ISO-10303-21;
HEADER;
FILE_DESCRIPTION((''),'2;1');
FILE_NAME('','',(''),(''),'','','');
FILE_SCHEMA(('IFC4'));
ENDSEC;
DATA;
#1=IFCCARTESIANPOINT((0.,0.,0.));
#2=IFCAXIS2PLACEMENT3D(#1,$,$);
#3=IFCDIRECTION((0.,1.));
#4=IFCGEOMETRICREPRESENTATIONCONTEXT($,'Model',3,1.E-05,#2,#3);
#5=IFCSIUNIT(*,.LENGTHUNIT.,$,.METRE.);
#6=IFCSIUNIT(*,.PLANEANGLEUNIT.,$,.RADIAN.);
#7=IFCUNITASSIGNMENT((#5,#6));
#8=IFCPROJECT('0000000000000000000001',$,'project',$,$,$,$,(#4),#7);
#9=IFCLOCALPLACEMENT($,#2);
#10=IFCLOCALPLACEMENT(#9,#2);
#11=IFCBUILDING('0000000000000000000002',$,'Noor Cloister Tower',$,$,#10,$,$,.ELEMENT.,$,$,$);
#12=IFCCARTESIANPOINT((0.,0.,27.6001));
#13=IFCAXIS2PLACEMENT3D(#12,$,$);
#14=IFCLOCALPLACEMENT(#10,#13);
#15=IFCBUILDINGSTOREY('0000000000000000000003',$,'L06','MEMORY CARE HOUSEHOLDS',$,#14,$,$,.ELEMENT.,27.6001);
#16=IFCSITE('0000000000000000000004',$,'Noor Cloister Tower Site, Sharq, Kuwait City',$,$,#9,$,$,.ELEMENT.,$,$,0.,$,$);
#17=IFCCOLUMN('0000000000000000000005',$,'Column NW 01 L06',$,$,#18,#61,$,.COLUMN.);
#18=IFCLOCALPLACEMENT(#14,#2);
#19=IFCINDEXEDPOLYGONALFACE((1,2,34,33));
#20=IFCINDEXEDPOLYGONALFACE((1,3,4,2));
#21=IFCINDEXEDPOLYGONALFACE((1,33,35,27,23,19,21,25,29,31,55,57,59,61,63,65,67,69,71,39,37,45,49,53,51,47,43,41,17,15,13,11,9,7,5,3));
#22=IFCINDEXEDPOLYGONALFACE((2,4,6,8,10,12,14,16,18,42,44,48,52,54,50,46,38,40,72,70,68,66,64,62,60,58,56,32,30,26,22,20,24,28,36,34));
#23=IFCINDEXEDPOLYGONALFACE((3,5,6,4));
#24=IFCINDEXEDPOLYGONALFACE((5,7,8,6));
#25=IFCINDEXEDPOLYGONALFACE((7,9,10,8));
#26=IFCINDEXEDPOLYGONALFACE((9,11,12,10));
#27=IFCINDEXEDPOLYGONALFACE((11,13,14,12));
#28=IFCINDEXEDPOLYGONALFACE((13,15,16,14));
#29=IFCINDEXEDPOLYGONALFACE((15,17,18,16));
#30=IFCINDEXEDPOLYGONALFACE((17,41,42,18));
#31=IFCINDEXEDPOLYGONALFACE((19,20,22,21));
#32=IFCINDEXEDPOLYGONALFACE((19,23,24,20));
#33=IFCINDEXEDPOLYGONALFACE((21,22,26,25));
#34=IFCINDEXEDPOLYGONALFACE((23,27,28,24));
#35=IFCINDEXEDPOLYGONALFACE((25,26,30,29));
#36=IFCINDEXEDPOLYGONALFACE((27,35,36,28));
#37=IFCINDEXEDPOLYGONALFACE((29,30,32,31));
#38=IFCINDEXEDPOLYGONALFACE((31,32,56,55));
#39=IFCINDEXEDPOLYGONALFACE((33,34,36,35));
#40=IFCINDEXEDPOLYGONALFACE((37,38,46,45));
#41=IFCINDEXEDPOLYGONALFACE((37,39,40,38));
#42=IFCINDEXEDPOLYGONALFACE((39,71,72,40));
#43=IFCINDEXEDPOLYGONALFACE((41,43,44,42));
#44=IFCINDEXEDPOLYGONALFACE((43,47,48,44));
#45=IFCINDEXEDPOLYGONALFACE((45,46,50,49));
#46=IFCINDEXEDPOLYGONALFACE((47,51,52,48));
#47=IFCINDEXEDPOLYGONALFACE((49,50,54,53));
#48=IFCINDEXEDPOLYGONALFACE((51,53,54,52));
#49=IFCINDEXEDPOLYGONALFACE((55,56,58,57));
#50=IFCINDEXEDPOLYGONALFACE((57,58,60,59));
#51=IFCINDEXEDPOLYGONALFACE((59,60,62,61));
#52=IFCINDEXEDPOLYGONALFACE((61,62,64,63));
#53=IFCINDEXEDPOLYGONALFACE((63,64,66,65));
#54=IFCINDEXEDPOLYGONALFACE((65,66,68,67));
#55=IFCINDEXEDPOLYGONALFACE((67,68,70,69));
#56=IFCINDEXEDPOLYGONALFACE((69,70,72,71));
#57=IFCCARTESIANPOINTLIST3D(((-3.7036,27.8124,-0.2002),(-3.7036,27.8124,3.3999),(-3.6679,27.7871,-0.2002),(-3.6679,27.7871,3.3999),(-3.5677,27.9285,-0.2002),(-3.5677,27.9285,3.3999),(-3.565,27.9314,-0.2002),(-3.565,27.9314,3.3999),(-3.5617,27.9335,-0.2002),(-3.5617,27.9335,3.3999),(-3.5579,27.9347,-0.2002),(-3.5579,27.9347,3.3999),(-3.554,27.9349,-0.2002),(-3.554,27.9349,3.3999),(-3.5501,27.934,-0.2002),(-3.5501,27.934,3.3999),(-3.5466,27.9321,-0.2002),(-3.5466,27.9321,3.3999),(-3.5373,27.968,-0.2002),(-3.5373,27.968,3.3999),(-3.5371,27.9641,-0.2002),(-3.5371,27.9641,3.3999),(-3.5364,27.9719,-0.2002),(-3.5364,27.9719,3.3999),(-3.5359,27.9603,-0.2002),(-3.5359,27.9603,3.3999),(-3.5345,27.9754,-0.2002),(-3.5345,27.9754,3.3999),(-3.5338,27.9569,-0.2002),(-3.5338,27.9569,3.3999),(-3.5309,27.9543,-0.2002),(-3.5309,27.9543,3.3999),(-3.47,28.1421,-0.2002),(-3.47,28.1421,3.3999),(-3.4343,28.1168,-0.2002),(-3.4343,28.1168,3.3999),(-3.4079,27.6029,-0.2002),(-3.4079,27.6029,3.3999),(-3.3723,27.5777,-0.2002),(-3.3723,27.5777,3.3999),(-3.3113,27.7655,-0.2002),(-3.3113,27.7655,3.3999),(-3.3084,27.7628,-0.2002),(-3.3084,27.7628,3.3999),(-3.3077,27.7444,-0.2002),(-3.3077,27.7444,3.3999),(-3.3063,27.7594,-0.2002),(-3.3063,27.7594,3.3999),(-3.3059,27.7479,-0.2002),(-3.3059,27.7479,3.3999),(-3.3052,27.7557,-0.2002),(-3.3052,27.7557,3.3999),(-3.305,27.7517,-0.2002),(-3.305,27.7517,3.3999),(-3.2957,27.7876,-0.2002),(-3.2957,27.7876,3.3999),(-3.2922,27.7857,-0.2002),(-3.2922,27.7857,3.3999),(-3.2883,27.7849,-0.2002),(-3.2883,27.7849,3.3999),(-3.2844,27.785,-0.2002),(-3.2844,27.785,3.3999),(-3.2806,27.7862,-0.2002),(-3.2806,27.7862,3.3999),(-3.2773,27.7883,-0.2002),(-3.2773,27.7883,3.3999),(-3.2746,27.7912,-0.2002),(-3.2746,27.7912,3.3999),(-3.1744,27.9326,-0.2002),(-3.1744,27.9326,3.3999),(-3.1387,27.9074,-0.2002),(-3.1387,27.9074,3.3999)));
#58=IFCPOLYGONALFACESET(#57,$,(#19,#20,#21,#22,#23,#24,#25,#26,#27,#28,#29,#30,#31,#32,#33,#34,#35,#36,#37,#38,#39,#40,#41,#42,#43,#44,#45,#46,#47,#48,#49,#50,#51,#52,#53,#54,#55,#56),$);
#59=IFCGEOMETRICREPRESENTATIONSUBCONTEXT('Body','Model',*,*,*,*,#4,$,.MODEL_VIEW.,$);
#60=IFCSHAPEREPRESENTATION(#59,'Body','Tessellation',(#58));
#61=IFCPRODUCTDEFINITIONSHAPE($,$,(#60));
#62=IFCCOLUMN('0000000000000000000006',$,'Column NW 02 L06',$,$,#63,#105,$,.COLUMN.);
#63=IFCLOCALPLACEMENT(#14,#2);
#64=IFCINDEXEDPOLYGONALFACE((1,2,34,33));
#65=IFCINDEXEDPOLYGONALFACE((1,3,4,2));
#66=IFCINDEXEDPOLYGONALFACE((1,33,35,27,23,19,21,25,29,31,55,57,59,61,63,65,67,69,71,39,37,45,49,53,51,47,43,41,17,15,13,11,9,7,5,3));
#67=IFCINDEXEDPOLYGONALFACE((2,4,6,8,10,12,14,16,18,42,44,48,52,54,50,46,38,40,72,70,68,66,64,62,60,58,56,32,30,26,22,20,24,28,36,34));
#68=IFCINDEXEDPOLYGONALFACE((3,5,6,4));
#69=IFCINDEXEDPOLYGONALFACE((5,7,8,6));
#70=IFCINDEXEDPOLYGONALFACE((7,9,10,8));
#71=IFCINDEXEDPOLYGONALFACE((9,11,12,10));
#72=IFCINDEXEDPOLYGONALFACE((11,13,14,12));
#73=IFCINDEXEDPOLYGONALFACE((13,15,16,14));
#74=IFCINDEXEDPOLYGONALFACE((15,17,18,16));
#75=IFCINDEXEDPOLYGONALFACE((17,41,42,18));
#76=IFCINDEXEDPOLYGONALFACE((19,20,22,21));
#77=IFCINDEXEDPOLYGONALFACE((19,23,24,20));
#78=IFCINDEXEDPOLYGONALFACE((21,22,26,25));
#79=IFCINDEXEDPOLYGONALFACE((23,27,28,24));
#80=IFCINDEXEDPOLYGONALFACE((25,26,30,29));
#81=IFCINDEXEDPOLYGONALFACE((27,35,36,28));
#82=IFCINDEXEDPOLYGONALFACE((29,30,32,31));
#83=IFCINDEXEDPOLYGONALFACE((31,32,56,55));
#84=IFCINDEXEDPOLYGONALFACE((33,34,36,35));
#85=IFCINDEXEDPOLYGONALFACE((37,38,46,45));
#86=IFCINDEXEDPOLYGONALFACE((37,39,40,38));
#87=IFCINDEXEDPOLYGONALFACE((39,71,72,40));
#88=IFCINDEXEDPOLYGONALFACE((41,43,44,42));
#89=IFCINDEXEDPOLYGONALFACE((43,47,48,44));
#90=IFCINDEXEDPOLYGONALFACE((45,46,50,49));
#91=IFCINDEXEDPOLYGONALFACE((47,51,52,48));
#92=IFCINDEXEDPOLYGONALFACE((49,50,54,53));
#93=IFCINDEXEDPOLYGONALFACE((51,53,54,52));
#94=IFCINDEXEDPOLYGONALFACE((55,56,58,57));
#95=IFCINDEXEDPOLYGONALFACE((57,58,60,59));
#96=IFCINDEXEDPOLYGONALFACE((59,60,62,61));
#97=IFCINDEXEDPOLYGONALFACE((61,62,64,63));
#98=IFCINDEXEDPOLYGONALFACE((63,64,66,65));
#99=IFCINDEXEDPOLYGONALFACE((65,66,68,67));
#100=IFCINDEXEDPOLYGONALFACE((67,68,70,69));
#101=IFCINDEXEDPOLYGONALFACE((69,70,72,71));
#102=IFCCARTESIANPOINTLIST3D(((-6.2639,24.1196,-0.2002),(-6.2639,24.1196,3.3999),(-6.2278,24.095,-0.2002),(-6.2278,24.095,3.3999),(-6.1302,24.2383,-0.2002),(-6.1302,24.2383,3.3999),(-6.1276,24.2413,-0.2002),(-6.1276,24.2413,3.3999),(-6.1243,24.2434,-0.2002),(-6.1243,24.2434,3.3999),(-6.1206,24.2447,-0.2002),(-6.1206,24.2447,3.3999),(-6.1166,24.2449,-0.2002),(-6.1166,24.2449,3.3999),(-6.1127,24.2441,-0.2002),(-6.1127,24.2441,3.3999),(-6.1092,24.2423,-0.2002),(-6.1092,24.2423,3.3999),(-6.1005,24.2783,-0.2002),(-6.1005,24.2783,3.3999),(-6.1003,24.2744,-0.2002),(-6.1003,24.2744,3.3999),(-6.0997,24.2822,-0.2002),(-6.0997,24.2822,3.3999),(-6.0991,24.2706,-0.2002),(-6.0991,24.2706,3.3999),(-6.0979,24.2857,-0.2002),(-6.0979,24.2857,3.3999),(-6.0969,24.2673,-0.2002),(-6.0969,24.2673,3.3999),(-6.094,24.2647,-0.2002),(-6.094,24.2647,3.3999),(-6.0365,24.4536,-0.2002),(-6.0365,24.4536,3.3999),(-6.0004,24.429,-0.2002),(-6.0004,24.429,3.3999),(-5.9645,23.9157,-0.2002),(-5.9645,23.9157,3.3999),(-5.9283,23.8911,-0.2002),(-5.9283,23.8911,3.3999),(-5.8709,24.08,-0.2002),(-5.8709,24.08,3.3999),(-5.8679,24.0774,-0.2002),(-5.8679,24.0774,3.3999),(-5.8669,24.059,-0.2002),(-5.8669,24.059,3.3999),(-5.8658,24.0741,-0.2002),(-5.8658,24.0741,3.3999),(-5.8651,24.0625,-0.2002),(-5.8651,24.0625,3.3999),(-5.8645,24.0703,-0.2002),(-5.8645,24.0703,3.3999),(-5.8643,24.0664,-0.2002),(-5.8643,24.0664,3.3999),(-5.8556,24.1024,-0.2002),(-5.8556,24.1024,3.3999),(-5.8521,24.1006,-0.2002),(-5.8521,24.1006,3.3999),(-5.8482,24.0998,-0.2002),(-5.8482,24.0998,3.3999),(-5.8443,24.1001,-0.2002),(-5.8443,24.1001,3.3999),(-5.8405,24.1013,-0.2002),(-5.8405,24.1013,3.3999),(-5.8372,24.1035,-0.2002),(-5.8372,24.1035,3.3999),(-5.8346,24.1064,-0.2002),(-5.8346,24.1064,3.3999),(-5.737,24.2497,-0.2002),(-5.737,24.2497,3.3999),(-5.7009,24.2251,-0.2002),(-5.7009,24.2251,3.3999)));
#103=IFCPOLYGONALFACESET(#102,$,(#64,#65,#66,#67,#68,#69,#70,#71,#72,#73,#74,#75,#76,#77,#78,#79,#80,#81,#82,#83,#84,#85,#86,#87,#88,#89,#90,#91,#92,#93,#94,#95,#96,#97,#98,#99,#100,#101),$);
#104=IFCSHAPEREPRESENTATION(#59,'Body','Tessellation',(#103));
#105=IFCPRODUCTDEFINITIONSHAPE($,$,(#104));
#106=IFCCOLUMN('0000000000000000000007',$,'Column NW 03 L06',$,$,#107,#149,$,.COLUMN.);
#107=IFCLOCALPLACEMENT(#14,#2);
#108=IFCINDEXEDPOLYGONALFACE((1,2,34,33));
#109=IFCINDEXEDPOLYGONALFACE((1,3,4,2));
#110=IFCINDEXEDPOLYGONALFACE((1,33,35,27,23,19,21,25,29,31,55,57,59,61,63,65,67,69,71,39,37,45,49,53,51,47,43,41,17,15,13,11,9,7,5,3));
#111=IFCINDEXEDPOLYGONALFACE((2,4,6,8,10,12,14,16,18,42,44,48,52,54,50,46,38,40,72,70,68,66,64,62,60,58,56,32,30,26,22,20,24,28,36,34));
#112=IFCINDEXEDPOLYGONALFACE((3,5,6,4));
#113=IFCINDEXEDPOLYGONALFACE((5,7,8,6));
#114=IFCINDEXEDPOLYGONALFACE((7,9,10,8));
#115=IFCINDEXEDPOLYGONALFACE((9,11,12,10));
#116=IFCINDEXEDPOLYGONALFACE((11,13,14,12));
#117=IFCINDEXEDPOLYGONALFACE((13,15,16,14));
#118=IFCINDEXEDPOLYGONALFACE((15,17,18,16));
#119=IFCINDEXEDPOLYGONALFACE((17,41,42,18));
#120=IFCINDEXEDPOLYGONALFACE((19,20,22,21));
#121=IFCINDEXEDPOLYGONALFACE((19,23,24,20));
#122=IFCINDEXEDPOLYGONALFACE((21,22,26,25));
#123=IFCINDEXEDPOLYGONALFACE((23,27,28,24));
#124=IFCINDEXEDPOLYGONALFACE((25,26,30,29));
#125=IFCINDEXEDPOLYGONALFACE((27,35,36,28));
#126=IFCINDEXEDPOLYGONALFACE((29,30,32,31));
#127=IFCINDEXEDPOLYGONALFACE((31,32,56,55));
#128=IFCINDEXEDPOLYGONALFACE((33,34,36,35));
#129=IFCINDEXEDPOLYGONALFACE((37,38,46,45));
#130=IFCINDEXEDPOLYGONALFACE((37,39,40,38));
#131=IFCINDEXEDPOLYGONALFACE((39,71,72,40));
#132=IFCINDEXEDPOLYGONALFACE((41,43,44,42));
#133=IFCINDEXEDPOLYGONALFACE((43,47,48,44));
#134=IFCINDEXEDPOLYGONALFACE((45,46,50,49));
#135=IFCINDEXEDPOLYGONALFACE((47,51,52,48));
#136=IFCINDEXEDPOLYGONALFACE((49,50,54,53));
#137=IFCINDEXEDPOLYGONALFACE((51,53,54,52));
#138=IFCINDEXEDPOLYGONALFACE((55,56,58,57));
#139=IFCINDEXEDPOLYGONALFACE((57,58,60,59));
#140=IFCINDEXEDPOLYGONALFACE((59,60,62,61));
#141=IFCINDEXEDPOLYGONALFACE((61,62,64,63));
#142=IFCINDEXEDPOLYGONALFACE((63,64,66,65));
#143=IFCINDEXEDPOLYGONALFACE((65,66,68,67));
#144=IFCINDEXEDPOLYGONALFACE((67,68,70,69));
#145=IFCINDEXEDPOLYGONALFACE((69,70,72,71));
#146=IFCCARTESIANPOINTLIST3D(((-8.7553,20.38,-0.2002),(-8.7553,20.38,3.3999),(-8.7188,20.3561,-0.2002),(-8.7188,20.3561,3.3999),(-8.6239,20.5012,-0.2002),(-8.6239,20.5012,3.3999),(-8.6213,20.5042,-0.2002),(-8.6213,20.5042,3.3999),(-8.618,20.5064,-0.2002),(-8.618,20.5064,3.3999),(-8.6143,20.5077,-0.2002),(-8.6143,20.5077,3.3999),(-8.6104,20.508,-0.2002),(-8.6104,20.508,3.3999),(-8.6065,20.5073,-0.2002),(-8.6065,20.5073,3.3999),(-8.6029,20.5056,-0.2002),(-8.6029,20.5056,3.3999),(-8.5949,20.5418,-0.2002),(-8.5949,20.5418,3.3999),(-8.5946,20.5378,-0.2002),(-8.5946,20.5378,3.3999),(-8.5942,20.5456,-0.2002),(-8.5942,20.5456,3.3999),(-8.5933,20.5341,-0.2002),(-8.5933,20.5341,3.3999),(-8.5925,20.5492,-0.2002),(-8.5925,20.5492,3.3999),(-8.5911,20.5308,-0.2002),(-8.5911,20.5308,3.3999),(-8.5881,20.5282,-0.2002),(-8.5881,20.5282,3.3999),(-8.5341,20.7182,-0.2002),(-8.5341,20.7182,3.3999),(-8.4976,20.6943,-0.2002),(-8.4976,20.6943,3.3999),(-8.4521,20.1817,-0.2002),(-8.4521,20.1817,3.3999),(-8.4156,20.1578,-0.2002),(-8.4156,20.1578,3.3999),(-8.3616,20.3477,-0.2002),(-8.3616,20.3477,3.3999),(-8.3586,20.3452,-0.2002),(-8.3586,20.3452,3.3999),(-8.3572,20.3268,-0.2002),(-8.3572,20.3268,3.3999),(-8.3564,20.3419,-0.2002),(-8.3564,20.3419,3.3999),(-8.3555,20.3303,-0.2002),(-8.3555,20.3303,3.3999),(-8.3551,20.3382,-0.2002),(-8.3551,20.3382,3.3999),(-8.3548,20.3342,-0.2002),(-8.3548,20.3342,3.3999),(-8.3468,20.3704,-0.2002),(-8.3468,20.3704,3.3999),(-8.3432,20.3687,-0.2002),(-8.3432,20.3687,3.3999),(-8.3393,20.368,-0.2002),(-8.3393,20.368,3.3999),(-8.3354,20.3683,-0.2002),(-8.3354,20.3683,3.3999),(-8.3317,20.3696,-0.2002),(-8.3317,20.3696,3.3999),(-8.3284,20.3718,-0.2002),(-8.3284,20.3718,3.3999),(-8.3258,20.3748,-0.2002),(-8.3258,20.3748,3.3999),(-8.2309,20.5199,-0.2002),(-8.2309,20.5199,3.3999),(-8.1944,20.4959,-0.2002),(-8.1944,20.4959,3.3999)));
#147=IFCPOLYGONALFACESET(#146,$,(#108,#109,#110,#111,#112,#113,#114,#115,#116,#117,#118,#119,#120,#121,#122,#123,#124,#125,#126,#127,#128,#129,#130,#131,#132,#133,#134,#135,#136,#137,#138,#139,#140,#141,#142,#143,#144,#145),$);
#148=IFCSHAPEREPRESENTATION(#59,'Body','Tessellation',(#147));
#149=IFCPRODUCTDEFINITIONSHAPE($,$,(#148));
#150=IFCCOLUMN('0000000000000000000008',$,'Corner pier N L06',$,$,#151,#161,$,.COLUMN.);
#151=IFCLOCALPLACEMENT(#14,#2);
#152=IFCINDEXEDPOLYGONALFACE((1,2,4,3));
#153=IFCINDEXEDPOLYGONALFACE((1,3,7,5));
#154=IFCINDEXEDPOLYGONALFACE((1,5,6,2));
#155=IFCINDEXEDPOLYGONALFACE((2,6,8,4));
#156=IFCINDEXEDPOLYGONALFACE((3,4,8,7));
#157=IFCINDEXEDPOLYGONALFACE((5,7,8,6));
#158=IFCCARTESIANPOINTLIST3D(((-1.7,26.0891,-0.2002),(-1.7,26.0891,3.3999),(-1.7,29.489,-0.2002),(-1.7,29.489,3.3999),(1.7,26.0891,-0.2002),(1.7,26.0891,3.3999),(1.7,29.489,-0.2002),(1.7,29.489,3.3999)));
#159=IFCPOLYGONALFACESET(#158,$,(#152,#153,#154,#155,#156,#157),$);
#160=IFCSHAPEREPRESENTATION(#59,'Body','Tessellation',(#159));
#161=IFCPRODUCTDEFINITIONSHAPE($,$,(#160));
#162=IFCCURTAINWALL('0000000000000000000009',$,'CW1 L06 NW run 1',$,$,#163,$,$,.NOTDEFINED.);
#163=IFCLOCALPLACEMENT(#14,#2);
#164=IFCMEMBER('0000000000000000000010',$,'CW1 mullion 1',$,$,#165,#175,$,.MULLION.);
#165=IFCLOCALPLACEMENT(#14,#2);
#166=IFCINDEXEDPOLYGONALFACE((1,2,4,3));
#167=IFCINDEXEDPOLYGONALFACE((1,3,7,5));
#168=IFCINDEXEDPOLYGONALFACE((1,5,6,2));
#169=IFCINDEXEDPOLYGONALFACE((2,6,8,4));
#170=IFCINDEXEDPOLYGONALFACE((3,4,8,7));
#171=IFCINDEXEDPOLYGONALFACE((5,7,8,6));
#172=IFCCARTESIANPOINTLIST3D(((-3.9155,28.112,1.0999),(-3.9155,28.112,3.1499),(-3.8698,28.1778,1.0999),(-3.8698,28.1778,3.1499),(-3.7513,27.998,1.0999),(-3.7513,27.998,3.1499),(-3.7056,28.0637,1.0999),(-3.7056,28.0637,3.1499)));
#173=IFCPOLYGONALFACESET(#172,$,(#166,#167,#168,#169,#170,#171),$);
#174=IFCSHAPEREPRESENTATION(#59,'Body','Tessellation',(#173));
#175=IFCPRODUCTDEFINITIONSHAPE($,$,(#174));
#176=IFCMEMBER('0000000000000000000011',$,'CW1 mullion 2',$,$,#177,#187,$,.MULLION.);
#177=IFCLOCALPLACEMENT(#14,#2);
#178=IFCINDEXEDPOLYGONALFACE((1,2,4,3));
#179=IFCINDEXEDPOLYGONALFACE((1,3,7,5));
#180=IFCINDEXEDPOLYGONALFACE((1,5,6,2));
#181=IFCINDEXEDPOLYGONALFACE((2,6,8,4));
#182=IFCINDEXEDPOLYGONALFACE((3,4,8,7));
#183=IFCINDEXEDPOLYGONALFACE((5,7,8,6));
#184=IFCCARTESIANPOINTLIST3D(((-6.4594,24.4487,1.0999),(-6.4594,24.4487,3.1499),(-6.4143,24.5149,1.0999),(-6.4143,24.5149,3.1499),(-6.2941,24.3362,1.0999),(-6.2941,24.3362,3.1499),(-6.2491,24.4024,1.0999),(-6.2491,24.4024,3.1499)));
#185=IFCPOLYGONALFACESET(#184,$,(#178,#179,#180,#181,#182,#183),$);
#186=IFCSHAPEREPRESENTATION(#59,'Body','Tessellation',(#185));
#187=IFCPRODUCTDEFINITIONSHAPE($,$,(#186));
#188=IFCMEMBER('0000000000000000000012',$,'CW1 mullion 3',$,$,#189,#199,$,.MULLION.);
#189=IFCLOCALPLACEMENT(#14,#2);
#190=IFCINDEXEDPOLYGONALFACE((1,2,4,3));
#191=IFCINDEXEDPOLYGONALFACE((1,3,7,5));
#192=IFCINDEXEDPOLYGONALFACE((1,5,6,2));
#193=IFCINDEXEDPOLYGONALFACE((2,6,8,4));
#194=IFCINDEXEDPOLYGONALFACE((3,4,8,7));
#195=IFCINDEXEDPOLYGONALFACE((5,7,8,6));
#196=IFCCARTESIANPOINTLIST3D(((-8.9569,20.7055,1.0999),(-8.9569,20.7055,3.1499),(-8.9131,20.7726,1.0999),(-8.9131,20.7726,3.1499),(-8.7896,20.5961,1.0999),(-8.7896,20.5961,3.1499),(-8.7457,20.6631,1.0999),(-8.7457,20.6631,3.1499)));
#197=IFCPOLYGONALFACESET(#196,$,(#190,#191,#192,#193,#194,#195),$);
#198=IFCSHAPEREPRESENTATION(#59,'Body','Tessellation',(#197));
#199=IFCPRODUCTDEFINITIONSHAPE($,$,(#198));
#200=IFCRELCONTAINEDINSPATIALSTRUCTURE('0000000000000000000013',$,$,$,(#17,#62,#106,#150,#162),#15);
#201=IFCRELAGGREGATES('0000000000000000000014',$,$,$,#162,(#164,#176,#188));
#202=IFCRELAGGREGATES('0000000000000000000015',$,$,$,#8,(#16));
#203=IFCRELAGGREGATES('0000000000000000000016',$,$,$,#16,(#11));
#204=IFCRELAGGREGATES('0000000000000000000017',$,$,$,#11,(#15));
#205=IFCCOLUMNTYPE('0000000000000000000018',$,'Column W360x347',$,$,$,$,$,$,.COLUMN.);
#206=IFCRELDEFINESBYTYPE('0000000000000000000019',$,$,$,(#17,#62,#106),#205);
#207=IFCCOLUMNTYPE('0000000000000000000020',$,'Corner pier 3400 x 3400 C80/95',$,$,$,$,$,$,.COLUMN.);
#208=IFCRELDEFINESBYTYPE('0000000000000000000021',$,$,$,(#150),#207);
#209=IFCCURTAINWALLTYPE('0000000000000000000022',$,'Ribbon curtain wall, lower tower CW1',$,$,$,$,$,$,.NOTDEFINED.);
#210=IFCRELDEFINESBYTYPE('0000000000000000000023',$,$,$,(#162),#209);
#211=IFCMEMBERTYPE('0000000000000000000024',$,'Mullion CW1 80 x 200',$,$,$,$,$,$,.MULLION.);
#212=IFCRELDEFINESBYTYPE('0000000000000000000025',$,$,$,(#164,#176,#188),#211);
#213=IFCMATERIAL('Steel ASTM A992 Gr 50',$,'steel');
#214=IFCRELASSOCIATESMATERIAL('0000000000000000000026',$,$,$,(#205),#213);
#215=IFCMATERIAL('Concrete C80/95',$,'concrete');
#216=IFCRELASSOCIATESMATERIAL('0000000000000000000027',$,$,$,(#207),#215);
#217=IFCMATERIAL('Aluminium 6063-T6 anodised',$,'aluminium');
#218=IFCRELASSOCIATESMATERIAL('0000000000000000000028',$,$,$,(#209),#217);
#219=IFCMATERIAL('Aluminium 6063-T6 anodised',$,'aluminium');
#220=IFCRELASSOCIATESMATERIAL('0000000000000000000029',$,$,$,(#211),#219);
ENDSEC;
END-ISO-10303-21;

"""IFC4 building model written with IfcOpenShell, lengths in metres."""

from ifc_helpers import new_model, si_unit, direction, frame, origin, origin_2d, place, context, subcontext, project, spatial, rectangle, i_section, extrude, material, material_profile, profile_set, type_object, element, aggregate, save


model = new_model("IFC4")

# Units and contexts
model_context = context("Model", 3, precision=1e-05, world=origin(), true_north=direction((0.0, 1.0)))
body_context = subcontext(model_context, "Body", "Model", "MODEL_VIEW")
ifc_project = project(units=[si_unit("LENGTHUNIT", "METRE"), si_unit("PLANEANGLEUNIT", "RADIAN")], contexts=[model_context])

# Site, building, storey
site_placement = place(None, origin())
site = spatial("IfcSite", under=ifc_project, at=site_placement, Name="Noor Cloister Tower Site, Sharq, Kuwait City", CompositionType="ELEMENT", RefElevation=0.0)
building_placement = place(site_placement, origin())
building = spatial("IfcBuilding", under=site, at=building_placement, Name="Noor Cloister Tower", CompositionType="ELEMENT")
storey_placement = place(building_placement, frame((0.0, 0.0, 27.6001)))
storey = spatial("IfcBuildingStorey", under=building, at=storey_placement, Name="L06", Description="MEMORY CARE HOUSEHOLDS", CompositionType="ELEMENT", Elevation=27.6001)

# Columns
ifc_material_1 = material(Name="Steel ASTM A992 Gr 50", Category="steel")
ifc_material_profile_1 = material_profile(ifc_material_1, i_section(OverallWidth=0.4041, OverallDepth=0.406, WebThickness=0.0271, FlangeThickness=0.0437, FilletRadius=0.0151, at=origin_2d()), Name="W360x347")
ifc_profile_set_1 = profile_set([ifc_material_profile_1], Name="Steel ASTM A992 Gr 50")
column_type_1 = type_object("IfcColumnType", Name="Column W360x347", PredefinedType="COLUMN", material=ifc_profile_set_1)
for number, where, z_axis, x_axis, name in (
    (1, (-3.4211, 27.8599, -0.2002), (0.0, 0.0, 1.0), (-0.578076, -0.815983, 0.0), "Column NW 01 L06"),
    (2, (-5.9824, 24.1724, -0.2002), (0.0, 0.0, 1.0), (-0.562837, -0.826568, 0.0), "Column NW 02 L06"),
    (3, (-8.4749, 20.438, -0.2002), (0.0, 0.0, 1.0), (-0.547405, -0.836868, 0.0), "Column NW 03 L06"),
):
    element("IfcColumn", number, at=place(storey_placement, frame(where, z_axis=z_axis, x_axis=x_axis)), inside=storey, type_object=column_type_1, Name=name, PredefinedType="COLUMN", context=body_context, shape_type="SweptSolid", body=[
        extrude(i_section(OverallWidth=0.4041, OverallDepth=0.406, WebThickness=0.0271, FlangeThickness=0.0437, FilletRadius=0.0151, at=origin_2d()), origin(), (0.0, 0.0, 1.0), 3.6001),
    ])
ifc_material_2 = material(Name="Concrete C80/95", Category="concrete")
ifc_material_profile_2 = material_profile(ifc_material_2, rectangle(XDim=3.3999, YDim=3.3999, at=origin_2d()), Name="RC 3400x3400")
ifc_profile_set_2 = profile_set([ifc_material_profile_2], Name="Concrete C80/95")
column_type_2 = type_object("IfcColumnType", Name="Corner pier 3400 x 3400 C80/95", PredefinedType="COLUMN", material=ifc_profile_set_2)
column_placement = place(storey_placement, frame((0.0, 27.7891, -0.2002), z_axis=(0.0, 0.0, 1.0), x_axis=(0.0, 1.0, 0.0)))
element("IfcColumn", 4, at=column_placement, inside=storey, type_object=column_type_2, Name="Corner pier N L06", PredefinedType="COLUMN", context=body_context, shape_type="SweptSolid", body=[
    extrude(rectangle(XDim=3.3999, YDim=3.3999, at=origin_2d()), origin(), (0.0, 0.0, 1.0), 3.6001),
])

# Curtain wall, members
ifc_material_3 = material(Name="Aluminium 6063-T6 anodised", Category="aluminium")
curtain_wall_type = type_object("IfcCurtainWallType", Name="Ribbon curtain wall, lower tower CW1", PredefinedType="NOTDEFINED", material=ifc_material_3)
curtain_wall_placement = place(storey_placement, origin())
curtain_wall = element("IfcCurtainWall", 5, at=curtain_wall_placement, inside=storey, type_object=curtain_wall_type, Name="CW1 L06 NW run 1", PredefinedType="NOTDEFINED")
ifc_material_4 = material(Name="Aluminium 6063-T6 anodised", Category="aluminium")
ifc_material_profile_3 = material_profile(ifc_material_4, rectangle(XDim=0.2, YDim=0.0801, at=origin_2d()), Name="200 x 80 mullion")
ifc_profile_set_3 = profile_set([ifc_material_profile_3], Name="Aluminium 6063-T6 anodised")
member_type = type_object("IfcMemberType", Name="Mullion CW1 80 x 200", PredefinedType="MULLION", material=ifc_profile_set_3)
member_1_placement = place(storey_placement, frame((-3.8105, 28.0879, 1.0999), z_axis=(0.0, 0.0, 1.0), x_axis=(0.821311, -0.570481, 0.0)))
member_1 = element("IfcMember", 6, at=member_1_placement, type_object=member_type, Name="CW1 mullion 1", PredefinedType="MULLION", context=body_context, shape_type="SweptSolid", body=[
    extrude(rectangle(XDim=0.2, YDim=0.0801, at=origin_2d()), origin(), (0.0, 0.0, 1.0), 2.05),
])
member_2_placement = place(storey_placement, frame((-6.3542, 24.4255, 1.0999), z_axis=(0.0, 0.0, 1.0), x_axis=(0.826568, -0.562837, 0.0)))
member_2 = element("IfcMember", 7, at=member_2_placement, type_object=member_type, Name="CW1 mullion 2", PredefinedType="MULLION", context=body_context, shape_type="SweptSolid", body=[
    extrude(rectangle(XDim=0.2, YDim=0.0801, at=origin_2d()), origin(), (0.0, 0.0, 1.0), 2.05),
])
member_3_placement = place(storey_placement, frame((-8.8513, 20.6843, 1.0999), z_axis=(0.0, 0.0, 1.0), x_axis=(0.836868, -0.547405, 0.0)))
member_3 = element("IfcMember", 8, at=member_3_placement, type_object=member_type, Name="CW1 mullion 3", PredefinedType="MULLION", context=body_context, shape_type="SweptSolid", body=[
    extrude(rectangle(XDim=0.2, YDim=0.0801, at=origin_2d()), origin(), (0.0, 0.0, 1.0), 2.05),
])

aggregate(curtain_wall, [member_1, member_2, member_3])

save(model, "model.ifc")
